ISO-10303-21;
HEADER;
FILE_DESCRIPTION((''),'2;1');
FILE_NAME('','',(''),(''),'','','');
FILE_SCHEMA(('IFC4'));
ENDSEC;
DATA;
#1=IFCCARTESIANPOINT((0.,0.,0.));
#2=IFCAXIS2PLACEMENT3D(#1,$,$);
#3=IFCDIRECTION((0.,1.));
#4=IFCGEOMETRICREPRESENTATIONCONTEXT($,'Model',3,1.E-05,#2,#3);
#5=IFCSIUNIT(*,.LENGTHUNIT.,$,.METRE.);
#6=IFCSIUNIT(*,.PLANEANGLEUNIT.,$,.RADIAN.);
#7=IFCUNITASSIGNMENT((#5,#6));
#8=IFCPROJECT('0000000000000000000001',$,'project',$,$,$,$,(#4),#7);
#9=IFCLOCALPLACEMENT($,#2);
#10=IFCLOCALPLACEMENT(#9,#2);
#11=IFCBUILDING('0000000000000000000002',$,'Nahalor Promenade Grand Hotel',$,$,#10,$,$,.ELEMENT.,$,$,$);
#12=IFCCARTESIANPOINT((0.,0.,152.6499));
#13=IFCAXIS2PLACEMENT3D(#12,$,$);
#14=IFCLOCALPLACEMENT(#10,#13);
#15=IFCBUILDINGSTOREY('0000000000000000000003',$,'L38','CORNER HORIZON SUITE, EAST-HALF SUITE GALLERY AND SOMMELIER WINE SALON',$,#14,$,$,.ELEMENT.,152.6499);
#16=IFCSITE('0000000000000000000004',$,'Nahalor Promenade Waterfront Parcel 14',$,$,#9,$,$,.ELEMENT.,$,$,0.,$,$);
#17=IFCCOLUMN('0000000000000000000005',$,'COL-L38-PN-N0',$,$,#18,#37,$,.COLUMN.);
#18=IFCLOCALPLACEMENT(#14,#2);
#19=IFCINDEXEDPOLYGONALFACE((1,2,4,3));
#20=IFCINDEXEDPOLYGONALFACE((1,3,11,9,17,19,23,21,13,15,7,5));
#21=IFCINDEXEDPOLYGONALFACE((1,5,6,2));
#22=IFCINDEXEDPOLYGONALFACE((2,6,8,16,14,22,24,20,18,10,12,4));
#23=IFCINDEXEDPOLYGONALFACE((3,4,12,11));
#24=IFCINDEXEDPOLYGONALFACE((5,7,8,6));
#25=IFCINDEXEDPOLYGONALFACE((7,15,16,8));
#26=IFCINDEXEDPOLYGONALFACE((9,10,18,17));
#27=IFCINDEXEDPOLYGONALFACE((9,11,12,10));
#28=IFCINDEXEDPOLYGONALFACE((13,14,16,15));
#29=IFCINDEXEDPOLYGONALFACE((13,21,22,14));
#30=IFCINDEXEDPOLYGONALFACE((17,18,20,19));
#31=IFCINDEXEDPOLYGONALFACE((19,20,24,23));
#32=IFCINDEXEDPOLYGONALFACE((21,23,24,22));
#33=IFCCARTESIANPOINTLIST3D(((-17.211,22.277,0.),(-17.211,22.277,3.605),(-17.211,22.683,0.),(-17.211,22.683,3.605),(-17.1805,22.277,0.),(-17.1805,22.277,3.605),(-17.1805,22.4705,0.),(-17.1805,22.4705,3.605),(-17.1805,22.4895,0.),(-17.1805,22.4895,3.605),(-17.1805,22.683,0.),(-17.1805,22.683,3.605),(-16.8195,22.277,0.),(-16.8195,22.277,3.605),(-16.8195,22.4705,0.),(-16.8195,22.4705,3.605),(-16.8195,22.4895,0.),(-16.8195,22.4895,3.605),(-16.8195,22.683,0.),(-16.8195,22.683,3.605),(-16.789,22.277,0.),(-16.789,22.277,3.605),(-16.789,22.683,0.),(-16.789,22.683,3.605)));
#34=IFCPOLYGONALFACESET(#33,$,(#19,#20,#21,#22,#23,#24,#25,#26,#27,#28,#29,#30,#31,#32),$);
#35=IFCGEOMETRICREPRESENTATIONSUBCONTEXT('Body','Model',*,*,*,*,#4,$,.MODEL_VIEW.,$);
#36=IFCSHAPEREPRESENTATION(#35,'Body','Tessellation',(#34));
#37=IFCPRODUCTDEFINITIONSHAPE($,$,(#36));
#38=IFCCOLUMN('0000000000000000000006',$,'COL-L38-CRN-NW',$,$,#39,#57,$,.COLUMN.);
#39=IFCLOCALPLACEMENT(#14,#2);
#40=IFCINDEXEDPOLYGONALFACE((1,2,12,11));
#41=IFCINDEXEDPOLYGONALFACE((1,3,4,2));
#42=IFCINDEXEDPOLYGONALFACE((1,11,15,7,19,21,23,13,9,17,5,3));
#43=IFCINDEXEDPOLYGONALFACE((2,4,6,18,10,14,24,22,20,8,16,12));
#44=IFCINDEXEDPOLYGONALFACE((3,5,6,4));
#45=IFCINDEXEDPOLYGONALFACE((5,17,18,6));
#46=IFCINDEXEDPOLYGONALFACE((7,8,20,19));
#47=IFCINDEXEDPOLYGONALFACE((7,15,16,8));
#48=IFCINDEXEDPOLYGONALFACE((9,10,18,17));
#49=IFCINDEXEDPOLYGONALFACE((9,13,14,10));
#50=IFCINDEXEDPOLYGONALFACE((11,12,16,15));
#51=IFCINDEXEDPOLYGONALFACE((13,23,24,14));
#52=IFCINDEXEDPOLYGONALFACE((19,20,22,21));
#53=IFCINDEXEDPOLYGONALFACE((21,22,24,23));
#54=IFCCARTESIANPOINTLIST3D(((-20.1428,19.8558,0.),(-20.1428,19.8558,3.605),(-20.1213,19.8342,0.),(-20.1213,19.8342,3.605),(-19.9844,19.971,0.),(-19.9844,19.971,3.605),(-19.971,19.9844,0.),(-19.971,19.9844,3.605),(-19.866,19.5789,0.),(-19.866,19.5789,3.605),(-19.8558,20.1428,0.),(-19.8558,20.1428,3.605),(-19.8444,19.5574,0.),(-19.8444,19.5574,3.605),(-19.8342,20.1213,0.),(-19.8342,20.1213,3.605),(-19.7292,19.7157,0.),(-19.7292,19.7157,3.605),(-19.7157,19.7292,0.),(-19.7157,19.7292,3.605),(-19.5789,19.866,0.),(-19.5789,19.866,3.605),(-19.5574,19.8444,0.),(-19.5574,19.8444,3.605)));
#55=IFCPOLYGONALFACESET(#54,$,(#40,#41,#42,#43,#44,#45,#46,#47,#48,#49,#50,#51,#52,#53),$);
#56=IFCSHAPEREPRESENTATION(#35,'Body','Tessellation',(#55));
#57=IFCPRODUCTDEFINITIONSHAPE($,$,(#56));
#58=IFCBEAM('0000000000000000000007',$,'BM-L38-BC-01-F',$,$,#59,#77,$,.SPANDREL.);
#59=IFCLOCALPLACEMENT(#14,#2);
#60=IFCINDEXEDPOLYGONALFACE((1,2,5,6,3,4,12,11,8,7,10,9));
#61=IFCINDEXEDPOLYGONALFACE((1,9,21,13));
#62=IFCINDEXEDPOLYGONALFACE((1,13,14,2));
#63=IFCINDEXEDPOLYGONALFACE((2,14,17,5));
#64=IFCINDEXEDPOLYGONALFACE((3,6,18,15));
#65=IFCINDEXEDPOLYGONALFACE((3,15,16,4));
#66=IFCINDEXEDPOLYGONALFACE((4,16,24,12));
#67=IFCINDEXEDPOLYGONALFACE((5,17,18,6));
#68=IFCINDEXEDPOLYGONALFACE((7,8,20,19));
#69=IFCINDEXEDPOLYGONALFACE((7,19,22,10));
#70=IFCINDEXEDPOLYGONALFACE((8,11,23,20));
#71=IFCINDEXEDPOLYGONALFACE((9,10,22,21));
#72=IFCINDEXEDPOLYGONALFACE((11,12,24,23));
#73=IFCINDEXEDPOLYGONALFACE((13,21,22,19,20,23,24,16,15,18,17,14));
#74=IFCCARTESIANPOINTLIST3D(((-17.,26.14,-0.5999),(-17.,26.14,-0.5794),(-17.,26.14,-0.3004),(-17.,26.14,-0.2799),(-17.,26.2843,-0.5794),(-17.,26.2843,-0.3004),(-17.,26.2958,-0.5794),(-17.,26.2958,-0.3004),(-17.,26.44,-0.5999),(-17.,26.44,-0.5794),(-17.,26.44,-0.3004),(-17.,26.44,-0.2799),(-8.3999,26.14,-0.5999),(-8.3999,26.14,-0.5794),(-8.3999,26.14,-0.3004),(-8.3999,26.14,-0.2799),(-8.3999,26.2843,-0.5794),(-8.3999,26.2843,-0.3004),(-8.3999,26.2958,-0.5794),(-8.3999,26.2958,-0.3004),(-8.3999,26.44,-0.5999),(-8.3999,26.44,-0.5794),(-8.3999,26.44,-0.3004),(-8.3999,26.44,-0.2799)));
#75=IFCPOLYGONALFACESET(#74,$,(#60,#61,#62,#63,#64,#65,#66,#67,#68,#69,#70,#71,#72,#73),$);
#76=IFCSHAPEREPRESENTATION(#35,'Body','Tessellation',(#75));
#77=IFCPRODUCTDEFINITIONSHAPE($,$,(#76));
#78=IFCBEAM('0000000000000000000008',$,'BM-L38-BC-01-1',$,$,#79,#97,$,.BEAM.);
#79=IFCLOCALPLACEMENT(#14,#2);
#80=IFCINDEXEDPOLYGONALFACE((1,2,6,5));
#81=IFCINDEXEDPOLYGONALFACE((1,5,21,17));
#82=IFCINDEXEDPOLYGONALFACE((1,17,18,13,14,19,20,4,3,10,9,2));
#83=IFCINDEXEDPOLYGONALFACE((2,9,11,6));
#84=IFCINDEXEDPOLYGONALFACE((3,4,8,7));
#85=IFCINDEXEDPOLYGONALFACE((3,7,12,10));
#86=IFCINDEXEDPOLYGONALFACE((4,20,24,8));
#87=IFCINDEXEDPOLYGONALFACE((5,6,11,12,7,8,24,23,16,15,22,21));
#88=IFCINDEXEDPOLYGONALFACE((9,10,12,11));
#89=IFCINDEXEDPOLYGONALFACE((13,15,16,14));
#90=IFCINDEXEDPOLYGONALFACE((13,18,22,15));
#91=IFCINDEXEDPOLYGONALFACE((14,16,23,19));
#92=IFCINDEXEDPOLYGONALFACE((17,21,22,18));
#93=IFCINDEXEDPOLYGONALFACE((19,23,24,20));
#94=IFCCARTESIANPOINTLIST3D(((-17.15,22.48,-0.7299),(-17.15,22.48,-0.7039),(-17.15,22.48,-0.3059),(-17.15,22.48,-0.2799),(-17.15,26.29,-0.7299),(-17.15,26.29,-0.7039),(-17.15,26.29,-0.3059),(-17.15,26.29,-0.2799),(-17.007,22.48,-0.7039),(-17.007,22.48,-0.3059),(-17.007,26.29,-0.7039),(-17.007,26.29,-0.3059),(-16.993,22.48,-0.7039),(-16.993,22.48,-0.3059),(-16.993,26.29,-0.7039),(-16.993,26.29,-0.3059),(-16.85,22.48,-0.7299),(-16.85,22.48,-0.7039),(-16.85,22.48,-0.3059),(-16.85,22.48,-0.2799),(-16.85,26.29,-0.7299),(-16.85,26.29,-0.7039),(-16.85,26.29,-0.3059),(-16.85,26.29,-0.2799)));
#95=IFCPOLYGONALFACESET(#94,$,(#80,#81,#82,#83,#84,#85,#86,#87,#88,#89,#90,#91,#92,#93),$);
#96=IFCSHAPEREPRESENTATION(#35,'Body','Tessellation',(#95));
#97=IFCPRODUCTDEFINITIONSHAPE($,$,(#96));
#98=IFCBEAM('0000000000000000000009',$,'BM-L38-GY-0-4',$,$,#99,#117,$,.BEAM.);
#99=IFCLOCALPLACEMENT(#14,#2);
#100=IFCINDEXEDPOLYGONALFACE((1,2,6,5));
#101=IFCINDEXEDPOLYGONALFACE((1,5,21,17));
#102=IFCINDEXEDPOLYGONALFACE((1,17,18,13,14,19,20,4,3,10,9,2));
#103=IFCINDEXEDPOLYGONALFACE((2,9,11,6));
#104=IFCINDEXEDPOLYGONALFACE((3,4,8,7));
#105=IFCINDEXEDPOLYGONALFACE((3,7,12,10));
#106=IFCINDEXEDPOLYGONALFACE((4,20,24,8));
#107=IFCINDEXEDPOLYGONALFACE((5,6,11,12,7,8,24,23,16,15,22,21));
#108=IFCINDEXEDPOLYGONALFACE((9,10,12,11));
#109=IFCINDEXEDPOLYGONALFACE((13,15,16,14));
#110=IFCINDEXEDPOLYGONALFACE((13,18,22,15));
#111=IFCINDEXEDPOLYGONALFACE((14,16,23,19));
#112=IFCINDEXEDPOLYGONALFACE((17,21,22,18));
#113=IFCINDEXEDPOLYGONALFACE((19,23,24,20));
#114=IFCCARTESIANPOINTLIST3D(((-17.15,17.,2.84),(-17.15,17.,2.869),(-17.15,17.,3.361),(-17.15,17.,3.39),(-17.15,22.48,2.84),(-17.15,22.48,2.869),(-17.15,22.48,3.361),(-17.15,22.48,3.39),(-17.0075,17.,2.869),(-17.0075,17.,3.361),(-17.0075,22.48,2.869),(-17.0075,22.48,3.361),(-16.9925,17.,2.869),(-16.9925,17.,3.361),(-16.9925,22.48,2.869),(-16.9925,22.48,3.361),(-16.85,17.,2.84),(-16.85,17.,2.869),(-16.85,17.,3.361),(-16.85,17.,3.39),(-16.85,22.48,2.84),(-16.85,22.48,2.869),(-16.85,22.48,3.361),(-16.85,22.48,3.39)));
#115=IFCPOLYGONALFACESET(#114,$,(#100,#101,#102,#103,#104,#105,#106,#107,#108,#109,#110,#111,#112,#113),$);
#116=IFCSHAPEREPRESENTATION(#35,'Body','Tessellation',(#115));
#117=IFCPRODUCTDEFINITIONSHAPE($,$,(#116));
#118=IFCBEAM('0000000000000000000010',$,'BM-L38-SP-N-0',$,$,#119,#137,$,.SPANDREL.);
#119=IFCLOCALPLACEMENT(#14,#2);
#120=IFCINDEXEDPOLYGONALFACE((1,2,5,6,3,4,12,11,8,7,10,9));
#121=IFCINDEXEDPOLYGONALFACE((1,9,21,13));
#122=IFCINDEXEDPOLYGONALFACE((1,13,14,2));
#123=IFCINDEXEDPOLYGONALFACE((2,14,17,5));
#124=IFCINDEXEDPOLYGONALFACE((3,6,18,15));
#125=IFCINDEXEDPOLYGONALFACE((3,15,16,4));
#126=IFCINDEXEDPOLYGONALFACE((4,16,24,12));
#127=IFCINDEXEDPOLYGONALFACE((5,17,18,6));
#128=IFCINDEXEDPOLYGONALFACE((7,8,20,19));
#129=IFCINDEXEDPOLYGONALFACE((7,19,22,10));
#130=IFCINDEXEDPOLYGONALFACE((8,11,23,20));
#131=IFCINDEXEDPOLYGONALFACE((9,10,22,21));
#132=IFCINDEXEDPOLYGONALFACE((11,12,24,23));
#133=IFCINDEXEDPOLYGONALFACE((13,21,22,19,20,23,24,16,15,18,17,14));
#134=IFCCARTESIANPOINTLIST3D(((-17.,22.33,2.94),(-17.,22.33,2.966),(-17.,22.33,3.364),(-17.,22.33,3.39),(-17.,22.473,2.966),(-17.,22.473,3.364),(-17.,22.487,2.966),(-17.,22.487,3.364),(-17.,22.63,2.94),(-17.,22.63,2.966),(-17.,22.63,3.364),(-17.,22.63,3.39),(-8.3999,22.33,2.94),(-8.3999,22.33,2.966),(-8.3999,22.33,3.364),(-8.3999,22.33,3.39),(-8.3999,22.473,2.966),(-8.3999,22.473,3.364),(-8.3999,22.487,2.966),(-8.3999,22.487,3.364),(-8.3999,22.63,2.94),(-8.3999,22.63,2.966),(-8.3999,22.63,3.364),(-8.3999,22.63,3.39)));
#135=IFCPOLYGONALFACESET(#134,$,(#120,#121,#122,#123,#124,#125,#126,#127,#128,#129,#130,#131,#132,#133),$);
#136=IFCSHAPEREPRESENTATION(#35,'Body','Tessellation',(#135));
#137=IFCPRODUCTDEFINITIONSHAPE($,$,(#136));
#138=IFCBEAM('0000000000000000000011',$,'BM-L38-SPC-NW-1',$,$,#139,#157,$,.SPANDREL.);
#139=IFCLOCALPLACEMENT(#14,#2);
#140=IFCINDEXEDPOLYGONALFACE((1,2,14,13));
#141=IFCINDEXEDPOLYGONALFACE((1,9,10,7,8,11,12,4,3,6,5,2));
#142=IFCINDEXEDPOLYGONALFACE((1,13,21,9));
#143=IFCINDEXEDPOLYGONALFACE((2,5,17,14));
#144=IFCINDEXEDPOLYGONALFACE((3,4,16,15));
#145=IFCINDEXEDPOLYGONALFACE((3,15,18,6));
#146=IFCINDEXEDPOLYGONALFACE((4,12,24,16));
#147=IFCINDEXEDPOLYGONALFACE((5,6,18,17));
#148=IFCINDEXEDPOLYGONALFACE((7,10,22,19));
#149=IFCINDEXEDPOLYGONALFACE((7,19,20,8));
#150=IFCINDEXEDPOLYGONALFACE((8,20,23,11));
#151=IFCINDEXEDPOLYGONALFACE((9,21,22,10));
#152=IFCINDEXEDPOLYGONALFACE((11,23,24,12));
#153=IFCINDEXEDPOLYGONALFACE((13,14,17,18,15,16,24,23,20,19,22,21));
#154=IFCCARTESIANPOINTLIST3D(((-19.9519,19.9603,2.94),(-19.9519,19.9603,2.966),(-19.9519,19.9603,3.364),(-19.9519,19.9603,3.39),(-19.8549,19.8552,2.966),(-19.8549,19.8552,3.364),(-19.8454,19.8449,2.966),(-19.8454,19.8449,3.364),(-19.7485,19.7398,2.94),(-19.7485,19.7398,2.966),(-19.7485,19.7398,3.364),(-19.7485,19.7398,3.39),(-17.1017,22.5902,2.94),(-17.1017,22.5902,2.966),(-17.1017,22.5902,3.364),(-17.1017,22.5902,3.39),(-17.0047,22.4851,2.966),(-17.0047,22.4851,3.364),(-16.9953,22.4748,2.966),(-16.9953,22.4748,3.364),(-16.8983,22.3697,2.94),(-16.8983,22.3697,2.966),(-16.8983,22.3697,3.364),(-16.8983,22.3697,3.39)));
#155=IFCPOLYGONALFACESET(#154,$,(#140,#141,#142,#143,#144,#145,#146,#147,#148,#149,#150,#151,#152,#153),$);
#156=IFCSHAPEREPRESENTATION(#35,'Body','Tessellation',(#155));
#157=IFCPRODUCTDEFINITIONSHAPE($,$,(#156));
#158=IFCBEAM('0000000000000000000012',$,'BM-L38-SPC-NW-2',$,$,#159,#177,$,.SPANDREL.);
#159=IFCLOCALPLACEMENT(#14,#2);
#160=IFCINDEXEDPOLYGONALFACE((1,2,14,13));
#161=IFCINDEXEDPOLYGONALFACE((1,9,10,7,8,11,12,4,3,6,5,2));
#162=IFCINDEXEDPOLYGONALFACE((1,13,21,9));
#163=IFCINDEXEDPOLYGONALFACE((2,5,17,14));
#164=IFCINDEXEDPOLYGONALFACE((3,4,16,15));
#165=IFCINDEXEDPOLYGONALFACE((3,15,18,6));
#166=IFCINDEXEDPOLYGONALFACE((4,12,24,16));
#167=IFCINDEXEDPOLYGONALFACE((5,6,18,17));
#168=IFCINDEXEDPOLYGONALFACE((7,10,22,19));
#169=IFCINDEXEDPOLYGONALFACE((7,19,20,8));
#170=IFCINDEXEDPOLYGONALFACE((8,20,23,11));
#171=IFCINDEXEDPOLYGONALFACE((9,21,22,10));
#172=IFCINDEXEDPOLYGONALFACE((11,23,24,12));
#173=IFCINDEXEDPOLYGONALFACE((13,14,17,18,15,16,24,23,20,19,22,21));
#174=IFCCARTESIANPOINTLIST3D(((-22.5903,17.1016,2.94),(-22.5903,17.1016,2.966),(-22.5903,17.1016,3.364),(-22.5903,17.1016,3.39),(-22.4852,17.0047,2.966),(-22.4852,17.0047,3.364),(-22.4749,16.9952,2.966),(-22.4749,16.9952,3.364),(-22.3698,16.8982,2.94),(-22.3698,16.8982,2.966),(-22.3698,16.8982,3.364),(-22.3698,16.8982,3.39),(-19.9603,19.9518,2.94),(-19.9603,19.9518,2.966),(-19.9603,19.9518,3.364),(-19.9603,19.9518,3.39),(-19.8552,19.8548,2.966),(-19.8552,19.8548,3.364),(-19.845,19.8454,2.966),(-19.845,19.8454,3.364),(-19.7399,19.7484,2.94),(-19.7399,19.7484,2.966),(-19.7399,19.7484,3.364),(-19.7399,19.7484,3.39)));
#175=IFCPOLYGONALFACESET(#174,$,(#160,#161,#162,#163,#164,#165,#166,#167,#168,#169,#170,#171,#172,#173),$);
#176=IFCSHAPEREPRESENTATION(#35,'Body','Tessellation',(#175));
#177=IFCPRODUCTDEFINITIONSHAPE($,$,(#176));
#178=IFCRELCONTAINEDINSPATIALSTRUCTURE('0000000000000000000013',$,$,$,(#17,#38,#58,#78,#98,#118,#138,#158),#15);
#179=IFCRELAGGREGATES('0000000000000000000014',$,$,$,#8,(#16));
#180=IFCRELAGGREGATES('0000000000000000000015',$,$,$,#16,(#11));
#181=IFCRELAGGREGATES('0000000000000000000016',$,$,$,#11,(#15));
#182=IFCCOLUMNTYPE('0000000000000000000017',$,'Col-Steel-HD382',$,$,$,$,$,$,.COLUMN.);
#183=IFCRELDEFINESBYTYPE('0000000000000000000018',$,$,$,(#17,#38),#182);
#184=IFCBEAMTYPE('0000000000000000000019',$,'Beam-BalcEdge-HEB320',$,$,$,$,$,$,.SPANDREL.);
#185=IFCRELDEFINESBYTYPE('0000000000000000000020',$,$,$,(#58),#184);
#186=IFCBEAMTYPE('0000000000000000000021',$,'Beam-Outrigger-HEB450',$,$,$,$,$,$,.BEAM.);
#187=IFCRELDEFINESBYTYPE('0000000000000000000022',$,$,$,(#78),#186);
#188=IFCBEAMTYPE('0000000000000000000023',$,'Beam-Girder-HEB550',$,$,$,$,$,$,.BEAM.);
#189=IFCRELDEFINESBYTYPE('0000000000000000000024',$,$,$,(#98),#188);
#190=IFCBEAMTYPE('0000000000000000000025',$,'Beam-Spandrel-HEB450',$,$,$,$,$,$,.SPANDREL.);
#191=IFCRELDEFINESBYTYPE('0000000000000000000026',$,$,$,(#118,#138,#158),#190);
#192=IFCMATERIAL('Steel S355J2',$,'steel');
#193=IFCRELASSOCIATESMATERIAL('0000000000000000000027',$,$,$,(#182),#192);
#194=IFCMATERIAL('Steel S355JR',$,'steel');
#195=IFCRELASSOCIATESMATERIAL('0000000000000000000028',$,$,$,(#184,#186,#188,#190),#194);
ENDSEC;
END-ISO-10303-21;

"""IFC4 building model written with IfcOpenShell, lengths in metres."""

from ifc_helpers import new_model, si_unit, direction, frame, origin, origin_2d, place, context, subcontext, project, spatial, i_section, extrude, source, transform, mapped, material, material_profile, profile_set, type_object, element, save


model = new_model("IFC4")

# Units and contexts
model_context = context("Model", 3, precision=1e-05, world=origin(), true_north=direction((0.0, 1.0)))
body_context = subcontext(model_context, "Body", "Model", "MODEL_VIEW")
ifc_project = project(units=[si_unit("LENGTHUNIT", "METRE"), si_unit("PLANEANGLEUNIT", "RADIAN")], contexts=[model_context])

# Site, building, storey
site_placement = place(None, origin())
site = spatial("IfcSite", under=ifc_project, at=site_placement, Name="Nahalor Promenade Waterfront Parcel 14", CompositionType="ELEMENT", RefElevation=0.0)
building_placement = place(site_placement, origin())
building = spatial("IfcBuilding", under=site, at=building_placement, Name="Nahalor Promenade Grand Hotel", CompositionType="ELEMENT")
storey_placement = place(building_placement, frame((0.0, 0.0, 152.6499)))
storey = spatial("IfcBuildingStorey", under=building, at=storey_placement, Name="L38", Description="CORNER HORIZON SUITE, EAST-HALF SUITE GALLERY AND SOMMELIER WINE SALON", CompositionType="ELEMENT", Elevation=152.6499)

# Columns
ifc_material_1 = material(Name="Steel S355J2", Category="steel")
ifc_material_profile_1 = material_profile(ifc_material_1, i_section(OverallWidth=0.406, OverallDepth=0.422, WebThickness=0.019, FlangeThickness=0.0305, at=origin_2d()), Name="HD 400x382")
ifc_profile_set_1 = profile_set([ifc_material_profile_1], Name="Steel S355J2")
column_type = type_object("IfcColumnType", Name="Col-Steel-HD382", PredefinedType="COLUMN", material=ifc_profile_set_1)
shared_shape_1 = source(origin(), body_context, "Body", "SweptSolid", [
    extrude(i_section(OverallWidth=0.406, OverallDepth=0.422, WebThickness=0.019, FlangeThickness=0.0305, at=origin_2d()), origin(), (0.0, 0.0, 1.0), 3.605),
])
for number, where, z_axis, x_axis, name in (
    (1, (-17.0, 22.48, 0.0), (0.0, 0.0, 1.0), (0.0, 1.0, 0.0), "COL-L38-PN-N0"),
    (2, (-19.8501, 19.8501, 0.0), (0.0, 0.0, 1.0), (0.707107, 0.707107, 0.0), "COL-L38-CRN-NW"),
):
    element("IfcColumn", number, at=place(storey_placement, frame(where, z_axis=z_axis, x_axis=x_axis)), inside=storey, type_object=column_type, Name=name, PredefinedType="COLUMN", context=body_context, shape_type="MappedRepresentation", body=[
        mapped(shared_shape_1, transform((0.0, 0.0, 0.0), scale=1.0)),
    ])

# Beams
ifc_material_2 = material(Name="Steel S355JR", Category="steel")
ifc_material_profile_2 = material_profile(ifc_material_2, i_section(OverallWidth=0.3, OverallDepth=0.32, WebThickness=0.0115, FlangeThickness=0.0205, at=origin_2d()), Name="HEB 320")
ifc_profile_set_2 = profile_set([ifc_material_profile_2], Name="Steel S355JR")
beam_type_1 = type_object("IfcBeamType", Name="Beam-BalcEdge-HEB320", PredefinedType="SPANDREL", material=ifc_profile_set_2)
shared_shape_2 = source(origin(), body_context, "Body", "SweptSolid", [
    extrude(i_section(OverallWidth=0.3, OverallDepth=0.32, WebThickness=0.0115, FlangeThickness=0.0205, at=origin_2d()), origin(), (0.0, 0.0, 1.0), 8.6001),
])
beam_1_placement = place(storey_placement, frame((-17.0, 26.29, -0.4399), z_axis=(1.0, 0.0, 0.0), x_axis=(0.0, 1.0, 0.0)))
element("IfcBeam", 3, at=beam_1_placement, inside=storey, type_object=beam_type_1, Name="BM-L38-BC-01-F", PredefinedType="SPANDREL", context=body_context, shape_type="MappedRepresentation", body=[
    mapped(shared_shape_2, transform((0.0, 0.0, 0.0), scale=1.0)),
])
ifc_material_profile_3 = material_profile(ifc_material_2, i_section(OverallWidth=0.3, OverallDepth=0.45, WebThickness=0.014, FlangeThickness=0.026, at=origin_2d()), Name="HEB 450")
ifc_profile_set_3 = profile_set([ifc_material_profile_3], Name="Steel S355JR")
beam_type_2 = type_object("IfcBeamType", Name="Beam-Outrigger-HEB450", PredefinedType="BEAM", material=ifc_profile_set_3)
shared_shape_3 = source(origin(), body_context, "Body", "SweptSolid", [
    extrude(i_section(OverallWidth=0.3, OverallDepth=0.45, WebThickness=0.014, FlangeThickness=0.026, at=origin_2d()), origin(), (0.0, 0.0, 1.0), 3.8101),
])
beam_2_placement = place(storey_placement, frame((-17.0, 22.48, -0.5049), z_axis=(0.0, 1.0, 0.0), x_axis=(-1.0, 0.0, 0.0)))
element("IfcBeam", 4, at=beam_2_placement, inside=storey, type_object=beam_type_2, Name="BM-L38-BC-01-1", PredefinedType="BEAM", context=body_context, shape_type="MappedRepresentation", body=[
    mapped(shared_shape_3, transform((0.0, 0.0, 0.0), scale=1.0)),
])
ifc_material_profile_4 = material_profile(ifc_material_2, i_section(OverallWidth=0.3, OverallDepth=0.55, WebThickness=0.015, FlangeThickness=0.029, at=origin_2d()), Name="HEB 550")
ifc_profile_set_4 = profile_set([ifc_material_profile_4], Name="Steel S355JR")
beam_type_3 = type_object("IfcBeamType", Name="Beam-Girder-HEB550", PredefinedType="BEAM", material=ifc_profile_set_4)
shared_shape_4 = source(origin(), body_context, "Body", "SweptSolid", [
    extrude(i_section(OverallWidth=0.3, OverallDepth=0.55, WebThickness=0.015, FlangeThickness=0.029, at=origin_2d()), origin(), (0.0, 0.0, 1.0), 5.48),
])
beam_3_placement = place(storey_placement, frame((-17.0, 17.0, 3.115), z_axis=(0.0, 1.0, 0.0), x_axis=(-1.0, 0.0, 0.0)))
element("IfcBeam", 5, at=beam_3_placement, inside=storey, type_object=beam_type_3, Name="BM-L38-GY-0-4", PredefinedType="BEAM", context=body_context, shape_type="MappedRepresentation", body=[
    mapped(shared_shape_4, transform((0.0, 0.0, 0.0), scale=1.0)),
])
ifc_material_profile_5 = material_profile(ifc_material_2, i_section(OverallWidth=0.3, OverallDepth=0.45, WebThickness=0.014, FlangeThickness=0.026, at=origin_2d()), Name="HEB 450")
ifc_profile_set_5 = profile_set([ifc_material_profile_5], Name="Steel S355JR")
beam_type_4 = type_object("IfcBeamType", Name="Beam-Spandrel-HEB450", PredefinedType="SPANDREL", material=ifc_profile_set_5)
shared_shape_5 = source(origin(), body_context, "Body", "SweptSolid", [
    extrude(i_section(OverallWidth=0.3, OverallDepth=0.45, WebThickness=0.014, FlangeThickness=0.026, at=origin_2d()), origin(), (0.0, 0.0, 1.0), 8.6001),
])
beam_4_placement = place(storey_placement, frame((-17.0, 22.48, 3.165), z_axis=(1.0, 0.0, 0.0), x_axis=(0.0, 1.0, 0.0)))
element("IfcBeam", 6, at=beam_4_placement, inside=storey, type_object=beam_type_4, Name="BM-L38-SP-N-0", PredefinedType="SPANDREL", context=body_context, shape_type="MappedRepresentation", body=[
    mapped(shared_shape_5, transform((0.0, 0.0, 0.0), scale=1.0)),
])
shared_shape_6 = source(origin(), body_context, "Body", "SweptSolid", [
    extrude(i_section(OverallWidth=0.3, OverallDepth=0.45, WebThickness=0.014, FlangeThickness=0.026, at=origin_2d()), origin(), (0.0, 0.0, 1.0), 3.8782),
])
for number, where, z_axis, x_axis, name in (
    (7, (-17.0, 22.48, 3.165), (-0.734929, -0.678144, 0.0), (0.678144, -0.734929, 0.0), "BM-L38-SPC-NW-1"),
    (8, (-19.8501, 19.8501, 3.165), (-0.678144, -0.734929, 0.0), (0.734929, -0.678144, 0.0), "BM-L38-SPC-NW-2"),
):
    element("IfcBeam", number, at=place(storey_placement, frame(where, z_axis=z_axis, x_axis=x_axis)), inside=storey, type_object=beam_type_4, Name=name, PredefinedType="SPANDREL", context=body_context, shape_type="MappedRepresentation", body=[
        mapped(shared_shape_6, transform((0.0, 0.0, 0.0), scale=1.0)),
    ])

save(model, "model.ifc")
